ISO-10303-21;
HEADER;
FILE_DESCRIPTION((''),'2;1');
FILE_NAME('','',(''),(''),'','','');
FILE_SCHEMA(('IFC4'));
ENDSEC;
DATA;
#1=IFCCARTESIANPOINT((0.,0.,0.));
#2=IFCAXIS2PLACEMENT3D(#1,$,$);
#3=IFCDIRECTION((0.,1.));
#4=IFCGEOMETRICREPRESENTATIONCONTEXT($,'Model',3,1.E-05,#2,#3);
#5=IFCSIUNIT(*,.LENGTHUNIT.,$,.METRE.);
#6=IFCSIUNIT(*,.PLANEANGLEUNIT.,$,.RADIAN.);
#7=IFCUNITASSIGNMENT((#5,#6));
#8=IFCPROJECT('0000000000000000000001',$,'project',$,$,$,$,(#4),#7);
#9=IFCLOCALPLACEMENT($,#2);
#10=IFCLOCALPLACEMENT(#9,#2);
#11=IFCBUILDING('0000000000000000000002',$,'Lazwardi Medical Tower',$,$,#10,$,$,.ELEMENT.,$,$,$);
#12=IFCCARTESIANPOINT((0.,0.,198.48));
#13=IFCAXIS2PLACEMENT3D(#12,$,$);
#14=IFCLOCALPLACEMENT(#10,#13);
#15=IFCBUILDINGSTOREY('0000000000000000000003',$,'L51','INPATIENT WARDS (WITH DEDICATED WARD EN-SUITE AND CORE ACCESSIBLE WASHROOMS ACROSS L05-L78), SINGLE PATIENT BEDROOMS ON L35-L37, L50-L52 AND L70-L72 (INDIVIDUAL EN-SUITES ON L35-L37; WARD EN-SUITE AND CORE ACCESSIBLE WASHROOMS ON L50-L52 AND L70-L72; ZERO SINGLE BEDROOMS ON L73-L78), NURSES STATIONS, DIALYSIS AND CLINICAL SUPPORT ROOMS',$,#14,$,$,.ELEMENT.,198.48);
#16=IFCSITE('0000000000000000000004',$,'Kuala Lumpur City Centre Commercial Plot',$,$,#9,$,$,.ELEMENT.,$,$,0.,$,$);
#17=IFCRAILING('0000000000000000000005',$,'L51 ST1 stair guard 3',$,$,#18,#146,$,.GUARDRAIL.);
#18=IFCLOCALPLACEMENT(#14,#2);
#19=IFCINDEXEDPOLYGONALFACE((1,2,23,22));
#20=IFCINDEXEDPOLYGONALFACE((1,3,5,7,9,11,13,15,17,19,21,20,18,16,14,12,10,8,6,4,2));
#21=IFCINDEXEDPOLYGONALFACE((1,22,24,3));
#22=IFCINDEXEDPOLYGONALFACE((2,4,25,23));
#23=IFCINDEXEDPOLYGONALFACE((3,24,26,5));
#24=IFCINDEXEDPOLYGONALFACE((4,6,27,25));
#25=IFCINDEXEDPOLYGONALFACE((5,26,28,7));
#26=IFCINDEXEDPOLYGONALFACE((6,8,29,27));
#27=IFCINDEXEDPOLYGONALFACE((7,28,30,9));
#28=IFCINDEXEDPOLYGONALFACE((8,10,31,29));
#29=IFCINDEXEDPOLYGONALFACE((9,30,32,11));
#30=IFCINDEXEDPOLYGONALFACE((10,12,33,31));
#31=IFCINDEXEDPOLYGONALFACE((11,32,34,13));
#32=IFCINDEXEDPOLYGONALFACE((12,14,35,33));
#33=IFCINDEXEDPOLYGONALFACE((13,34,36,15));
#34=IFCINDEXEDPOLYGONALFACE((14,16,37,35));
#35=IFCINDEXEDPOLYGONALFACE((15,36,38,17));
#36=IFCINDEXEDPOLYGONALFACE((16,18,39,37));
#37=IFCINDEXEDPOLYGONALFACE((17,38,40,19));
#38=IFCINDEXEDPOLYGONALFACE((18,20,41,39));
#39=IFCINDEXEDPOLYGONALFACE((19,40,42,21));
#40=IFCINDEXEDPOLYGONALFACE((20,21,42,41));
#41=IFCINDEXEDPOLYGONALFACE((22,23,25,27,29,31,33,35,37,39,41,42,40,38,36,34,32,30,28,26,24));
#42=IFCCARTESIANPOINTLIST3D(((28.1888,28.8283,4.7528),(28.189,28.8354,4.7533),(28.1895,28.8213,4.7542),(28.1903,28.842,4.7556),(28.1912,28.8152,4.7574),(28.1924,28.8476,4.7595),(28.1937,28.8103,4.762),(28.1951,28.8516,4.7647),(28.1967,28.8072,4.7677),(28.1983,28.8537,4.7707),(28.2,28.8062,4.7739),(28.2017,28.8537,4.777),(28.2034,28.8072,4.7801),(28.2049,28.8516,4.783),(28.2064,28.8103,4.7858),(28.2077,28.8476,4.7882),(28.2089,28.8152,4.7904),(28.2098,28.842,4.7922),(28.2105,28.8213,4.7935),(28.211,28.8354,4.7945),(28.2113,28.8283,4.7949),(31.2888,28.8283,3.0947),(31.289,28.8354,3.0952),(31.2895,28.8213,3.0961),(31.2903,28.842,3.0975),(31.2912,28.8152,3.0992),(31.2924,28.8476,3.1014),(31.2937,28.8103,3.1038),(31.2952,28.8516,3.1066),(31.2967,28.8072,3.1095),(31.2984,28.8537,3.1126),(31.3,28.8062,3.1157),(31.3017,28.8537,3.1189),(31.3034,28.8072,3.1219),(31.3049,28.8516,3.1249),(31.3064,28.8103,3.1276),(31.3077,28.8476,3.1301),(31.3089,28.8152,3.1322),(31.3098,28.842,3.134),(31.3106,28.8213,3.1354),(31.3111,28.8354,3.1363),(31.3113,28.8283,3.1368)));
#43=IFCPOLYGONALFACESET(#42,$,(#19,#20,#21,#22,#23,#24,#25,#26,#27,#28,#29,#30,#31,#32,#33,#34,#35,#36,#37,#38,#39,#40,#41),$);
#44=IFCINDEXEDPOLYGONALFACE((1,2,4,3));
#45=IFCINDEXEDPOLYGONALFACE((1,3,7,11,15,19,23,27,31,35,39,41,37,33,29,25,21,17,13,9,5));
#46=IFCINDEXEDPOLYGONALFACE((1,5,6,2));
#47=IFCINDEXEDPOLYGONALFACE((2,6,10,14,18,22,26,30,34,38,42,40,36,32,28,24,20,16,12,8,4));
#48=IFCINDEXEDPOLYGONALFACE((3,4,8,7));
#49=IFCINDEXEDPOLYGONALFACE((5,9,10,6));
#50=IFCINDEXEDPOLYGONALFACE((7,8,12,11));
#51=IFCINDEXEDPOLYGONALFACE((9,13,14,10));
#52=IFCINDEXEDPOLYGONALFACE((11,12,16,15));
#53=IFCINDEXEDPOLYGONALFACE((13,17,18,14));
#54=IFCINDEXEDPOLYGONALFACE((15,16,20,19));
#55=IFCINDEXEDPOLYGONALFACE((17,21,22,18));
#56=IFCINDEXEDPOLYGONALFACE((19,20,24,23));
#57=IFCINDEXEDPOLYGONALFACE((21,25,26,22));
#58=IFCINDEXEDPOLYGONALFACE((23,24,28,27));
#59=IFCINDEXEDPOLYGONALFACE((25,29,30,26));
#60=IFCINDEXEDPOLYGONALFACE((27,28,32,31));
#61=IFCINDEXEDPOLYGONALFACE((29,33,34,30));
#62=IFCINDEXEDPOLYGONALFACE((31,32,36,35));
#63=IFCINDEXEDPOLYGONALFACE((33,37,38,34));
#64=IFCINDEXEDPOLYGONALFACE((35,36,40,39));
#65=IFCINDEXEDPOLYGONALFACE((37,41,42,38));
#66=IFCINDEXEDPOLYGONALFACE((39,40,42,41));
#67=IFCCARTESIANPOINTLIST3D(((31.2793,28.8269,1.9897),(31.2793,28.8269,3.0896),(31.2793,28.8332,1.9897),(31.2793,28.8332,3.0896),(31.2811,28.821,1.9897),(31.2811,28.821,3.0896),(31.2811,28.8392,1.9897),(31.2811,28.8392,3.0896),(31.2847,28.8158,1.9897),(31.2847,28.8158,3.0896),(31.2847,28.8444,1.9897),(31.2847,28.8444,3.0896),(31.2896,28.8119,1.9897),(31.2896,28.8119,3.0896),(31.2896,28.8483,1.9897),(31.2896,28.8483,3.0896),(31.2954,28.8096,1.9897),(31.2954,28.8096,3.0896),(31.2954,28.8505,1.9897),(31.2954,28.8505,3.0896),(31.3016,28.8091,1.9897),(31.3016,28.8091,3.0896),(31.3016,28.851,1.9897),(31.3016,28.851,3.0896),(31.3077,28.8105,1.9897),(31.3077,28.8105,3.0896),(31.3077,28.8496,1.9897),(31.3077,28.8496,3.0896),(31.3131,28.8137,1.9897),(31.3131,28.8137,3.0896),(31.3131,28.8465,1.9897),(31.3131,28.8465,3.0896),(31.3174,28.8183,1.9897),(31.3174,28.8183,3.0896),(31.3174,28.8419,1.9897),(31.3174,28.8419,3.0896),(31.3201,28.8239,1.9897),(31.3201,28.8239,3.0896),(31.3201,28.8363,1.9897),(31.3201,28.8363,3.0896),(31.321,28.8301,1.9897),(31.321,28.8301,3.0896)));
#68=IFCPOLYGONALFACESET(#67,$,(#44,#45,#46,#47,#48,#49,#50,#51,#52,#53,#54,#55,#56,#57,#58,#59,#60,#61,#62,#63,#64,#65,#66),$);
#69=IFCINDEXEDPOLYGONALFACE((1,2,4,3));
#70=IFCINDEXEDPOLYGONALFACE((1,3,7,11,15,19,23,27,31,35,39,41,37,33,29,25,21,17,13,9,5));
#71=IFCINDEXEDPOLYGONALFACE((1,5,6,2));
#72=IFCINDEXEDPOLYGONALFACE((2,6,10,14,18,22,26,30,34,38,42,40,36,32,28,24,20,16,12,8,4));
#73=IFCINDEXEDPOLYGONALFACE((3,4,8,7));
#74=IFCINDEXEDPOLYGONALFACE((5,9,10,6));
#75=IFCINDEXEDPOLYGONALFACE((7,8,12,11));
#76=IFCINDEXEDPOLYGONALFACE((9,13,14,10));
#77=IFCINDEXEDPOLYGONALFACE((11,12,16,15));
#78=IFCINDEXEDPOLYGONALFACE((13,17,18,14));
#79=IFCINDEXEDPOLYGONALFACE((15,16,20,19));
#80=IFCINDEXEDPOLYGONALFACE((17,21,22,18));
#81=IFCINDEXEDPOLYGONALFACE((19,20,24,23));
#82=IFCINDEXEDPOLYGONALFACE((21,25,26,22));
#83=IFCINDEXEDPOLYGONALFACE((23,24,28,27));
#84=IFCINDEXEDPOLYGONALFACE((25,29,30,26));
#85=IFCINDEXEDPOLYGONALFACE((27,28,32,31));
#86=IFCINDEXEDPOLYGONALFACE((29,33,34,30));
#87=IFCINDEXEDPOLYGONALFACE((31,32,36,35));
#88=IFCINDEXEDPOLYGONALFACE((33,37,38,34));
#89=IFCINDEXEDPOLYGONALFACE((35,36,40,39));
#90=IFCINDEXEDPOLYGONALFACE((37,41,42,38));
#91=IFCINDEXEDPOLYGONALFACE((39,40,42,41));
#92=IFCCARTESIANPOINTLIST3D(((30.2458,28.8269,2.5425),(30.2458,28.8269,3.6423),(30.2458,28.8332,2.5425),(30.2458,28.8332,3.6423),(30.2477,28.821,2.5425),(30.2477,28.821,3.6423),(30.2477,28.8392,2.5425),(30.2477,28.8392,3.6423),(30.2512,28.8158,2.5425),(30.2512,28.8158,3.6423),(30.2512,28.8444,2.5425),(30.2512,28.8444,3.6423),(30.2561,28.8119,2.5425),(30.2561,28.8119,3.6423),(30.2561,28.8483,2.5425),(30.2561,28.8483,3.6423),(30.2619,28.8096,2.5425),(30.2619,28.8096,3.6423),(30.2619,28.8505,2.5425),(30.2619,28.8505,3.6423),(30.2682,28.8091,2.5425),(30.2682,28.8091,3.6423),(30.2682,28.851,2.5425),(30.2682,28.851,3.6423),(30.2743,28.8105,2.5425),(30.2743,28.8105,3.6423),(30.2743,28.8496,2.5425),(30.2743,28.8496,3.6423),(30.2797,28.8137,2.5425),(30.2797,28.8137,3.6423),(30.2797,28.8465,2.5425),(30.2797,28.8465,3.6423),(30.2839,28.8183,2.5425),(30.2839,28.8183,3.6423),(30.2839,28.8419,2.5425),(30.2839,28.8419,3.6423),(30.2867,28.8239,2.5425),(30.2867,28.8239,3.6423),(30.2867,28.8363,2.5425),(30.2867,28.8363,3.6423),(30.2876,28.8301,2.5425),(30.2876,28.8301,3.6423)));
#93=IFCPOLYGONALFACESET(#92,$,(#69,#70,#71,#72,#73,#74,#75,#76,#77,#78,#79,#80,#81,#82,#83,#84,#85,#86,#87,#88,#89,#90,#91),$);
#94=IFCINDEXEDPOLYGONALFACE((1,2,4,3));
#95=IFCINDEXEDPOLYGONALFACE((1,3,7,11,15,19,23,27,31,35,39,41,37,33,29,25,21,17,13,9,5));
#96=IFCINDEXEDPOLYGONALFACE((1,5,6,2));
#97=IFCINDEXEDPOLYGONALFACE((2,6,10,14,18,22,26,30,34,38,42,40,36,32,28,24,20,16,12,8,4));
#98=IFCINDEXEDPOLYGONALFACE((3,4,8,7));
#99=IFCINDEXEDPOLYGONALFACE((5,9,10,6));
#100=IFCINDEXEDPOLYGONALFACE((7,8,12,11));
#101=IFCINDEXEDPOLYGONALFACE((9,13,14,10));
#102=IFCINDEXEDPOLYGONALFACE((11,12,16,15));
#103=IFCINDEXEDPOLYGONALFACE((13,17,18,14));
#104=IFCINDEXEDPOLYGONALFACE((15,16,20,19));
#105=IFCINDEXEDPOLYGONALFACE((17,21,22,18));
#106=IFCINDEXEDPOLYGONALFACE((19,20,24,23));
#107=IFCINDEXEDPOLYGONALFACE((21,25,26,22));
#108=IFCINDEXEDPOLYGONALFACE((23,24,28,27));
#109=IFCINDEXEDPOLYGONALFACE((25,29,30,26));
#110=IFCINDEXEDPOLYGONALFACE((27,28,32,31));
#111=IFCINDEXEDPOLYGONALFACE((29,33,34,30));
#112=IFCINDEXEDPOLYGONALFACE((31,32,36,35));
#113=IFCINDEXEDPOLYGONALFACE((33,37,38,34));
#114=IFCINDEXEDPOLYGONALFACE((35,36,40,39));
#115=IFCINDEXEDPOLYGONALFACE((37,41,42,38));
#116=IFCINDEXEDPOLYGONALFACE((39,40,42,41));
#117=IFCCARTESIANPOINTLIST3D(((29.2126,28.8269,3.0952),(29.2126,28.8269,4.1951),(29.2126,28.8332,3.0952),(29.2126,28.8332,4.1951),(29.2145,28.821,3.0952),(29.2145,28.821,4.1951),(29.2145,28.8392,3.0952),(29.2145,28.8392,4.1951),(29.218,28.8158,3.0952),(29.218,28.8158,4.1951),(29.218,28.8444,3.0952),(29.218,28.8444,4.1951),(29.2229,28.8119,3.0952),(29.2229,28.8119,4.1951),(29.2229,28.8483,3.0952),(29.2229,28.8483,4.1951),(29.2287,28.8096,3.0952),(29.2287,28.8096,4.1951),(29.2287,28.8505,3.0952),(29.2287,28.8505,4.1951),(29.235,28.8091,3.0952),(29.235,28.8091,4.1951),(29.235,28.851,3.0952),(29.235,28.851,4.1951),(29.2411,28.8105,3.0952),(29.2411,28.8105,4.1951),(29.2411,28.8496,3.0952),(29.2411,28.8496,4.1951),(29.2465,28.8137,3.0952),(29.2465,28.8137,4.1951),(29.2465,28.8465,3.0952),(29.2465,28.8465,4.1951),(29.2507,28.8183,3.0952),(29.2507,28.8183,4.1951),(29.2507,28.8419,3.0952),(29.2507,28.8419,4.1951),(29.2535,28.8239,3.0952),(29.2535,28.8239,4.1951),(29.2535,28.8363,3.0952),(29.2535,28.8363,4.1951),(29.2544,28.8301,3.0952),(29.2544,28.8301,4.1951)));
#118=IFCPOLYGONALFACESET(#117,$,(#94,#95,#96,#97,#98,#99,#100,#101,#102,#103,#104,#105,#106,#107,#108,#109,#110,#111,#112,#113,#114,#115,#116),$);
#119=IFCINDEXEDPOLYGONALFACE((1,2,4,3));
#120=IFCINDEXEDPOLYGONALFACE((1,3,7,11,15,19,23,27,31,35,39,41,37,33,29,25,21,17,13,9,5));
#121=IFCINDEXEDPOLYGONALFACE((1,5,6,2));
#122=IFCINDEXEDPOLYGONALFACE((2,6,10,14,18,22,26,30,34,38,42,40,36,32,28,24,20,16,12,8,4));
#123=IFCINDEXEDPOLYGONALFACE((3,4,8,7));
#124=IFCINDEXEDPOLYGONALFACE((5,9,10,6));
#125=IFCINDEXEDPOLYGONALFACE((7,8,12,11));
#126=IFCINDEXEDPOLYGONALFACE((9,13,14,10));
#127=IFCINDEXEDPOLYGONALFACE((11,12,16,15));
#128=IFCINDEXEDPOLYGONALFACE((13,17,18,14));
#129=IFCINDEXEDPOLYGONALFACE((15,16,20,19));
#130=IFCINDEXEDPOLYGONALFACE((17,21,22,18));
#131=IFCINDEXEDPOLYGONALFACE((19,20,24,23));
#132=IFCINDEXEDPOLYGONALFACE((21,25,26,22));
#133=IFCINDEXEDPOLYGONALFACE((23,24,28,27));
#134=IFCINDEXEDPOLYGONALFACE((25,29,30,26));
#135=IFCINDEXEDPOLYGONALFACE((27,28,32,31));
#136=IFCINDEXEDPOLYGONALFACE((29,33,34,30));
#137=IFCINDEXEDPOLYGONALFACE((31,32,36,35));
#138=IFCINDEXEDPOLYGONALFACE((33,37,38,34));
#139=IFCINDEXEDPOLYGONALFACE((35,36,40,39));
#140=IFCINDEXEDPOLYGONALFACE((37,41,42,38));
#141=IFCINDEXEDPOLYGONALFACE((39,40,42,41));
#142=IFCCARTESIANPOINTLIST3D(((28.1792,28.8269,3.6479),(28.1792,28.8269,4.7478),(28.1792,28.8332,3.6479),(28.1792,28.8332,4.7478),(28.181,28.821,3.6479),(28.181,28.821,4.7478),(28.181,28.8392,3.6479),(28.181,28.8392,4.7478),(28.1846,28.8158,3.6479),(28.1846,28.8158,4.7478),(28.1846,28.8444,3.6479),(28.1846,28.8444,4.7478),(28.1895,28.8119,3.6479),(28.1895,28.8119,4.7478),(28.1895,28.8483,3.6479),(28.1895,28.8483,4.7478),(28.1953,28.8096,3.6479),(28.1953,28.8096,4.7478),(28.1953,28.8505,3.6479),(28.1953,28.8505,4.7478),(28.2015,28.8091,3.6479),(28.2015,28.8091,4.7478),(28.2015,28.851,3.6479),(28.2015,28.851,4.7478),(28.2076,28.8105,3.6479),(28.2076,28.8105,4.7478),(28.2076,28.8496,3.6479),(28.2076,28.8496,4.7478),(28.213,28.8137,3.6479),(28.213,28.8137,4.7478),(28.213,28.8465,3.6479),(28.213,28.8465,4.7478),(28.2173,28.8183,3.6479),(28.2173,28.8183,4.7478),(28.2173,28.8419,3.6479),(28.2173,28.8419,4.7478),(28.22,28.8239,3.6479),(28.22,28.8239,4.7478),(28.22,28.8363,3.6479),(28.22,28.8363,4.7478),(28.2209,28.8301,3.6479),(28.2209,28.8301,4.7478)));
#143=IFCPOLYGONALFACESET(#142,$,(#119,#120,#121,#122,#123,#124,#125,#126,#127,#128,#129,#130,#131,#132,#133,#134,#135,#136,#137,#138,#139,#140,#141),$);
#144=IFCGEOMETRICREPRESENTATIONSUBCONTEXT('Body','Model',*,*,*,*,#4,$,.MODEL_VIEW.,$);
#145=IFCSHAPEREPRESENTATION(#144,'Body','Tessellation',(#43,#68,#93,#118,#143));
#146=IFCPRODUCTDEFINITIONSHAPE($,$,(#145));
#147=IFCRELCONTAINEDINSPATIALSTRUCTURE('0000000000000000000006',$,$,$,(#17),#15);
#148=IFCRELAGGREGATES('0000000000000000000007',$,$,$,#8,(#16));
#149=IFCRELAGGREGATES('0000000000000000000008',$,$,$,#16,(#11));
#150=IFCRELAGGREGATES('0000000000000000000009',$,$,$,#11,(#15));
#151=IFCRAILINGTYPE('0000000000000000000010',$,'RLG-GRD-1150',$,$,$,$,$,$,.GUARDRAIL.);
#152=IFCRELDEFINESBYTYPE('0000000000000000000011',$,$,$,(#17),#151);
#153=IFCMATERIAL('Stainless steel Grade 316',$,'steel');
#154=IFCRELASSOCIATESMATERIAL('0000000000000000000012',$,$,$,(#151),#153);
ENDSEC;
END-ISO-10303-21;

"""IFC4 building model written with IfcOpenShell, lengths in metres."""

from ifc_helpers import new_model, si_unit, direction, frame, origin, origin_2d, place, context, subcontext, project, spatial, circle, extrude, material, type_object, element, save


model = new_model("IFC4")

# Units and contexts
model_context = context("Model", 3, precision=1e-05, world=origin(), true_north=direction((0.0, 1.0)))
body_context = subcontext(model_context, "Body", "Model", "MODEL_VIEW")
ifc_project = project(units=[si_unit("LENGTHUNIT", "METRE"), si_unit("PLANEANGLEUNIT", "RADIAN")], contexts=[model_context])

# Site, building, storey
site_placement = place(None, origin())
site = spatial("IfcSite", under=ifc_project, at=site_placement, Name="Kuala Lumpur City Centre Commercial Plot", CompositionType="ELEMENT", RefElevation=0.0)
building_placement = place(site_placement, origin())
building = spatial("IfcBuilding", under=site, at=building_placement, Name="Lazwardi Medical Tower", CompositionType="ELEMENT")
storey_placement = place(building_placement, frame((0.0, 0.0, 198.48)))
storey = spatial("IfcBuildingStorey", under=building, at=storey_placement, Name="L51", Description="INPATIENT WARDS (WITH DEDICATED WARD EN-SUITE AND CORE ACCESSIBLE WASHROOMS ACROSS L05-L78), SINGLE PATIENT BEDROOMS ON L35-L37, L50-L52 AND L70-L72 (INDIVIDUAL EN-SUITES ON L35-L37; WARD EN-SUITE AND CORE ACCESSIBLE WASHROOMS ON L50-L52 AND L70-L72; ZERO SINGLE BEDROOMS ON L73-L78), NURSES STATIONS, DIALYSIS AND CLINICAL SUPPORT ROOMS", CompositionType="ELEMENT", Elevation=198.48)

# Railing
ifc_material_1 = material(Name="Stainless steel Grade 316", Category="steel")
railing_type_1 = type_object("IfcRailingType", Name="RLG-GRD-1150", PredefinedType="GUARDRAIL", material=ifc_material_1)
railing_1_placement = place(storey_placement, frame((31.3, 28.8301, 1.9897)))
element("IfcRailing", 1, at=railing_1_placement, inside=storey, type_object=railing_type_1, Name="L51 ST1 stair guard 3", PredefinedType="GUARDRAIL", context=body_context, shape_type="SweptSolid", body=[
    extrude(circle(Radius=0.0239, at=origin_2d()), frame((0.0, 0.0, 1.126), z_axis=(-0.881783, 0.0, 0.471655), x_axis=(0.0, -1.0, 0.0)), (0.0, 0.0, 1.0), 3.5156),
    extrude(circle(Radius=0.021, at=origin_2d()), origin(), (0.0, 0.0, 1.0), 1.0999),
    extrude(circle(Radius=0.021, at=origin_2d()), frame((-1.0334, 0.0, 0.5527)), (0.0, 0.0, 1.0), 1.0999),
    extrude(circle(Radius=0.021, at=origin_2d()), frame((-2.0667, 0.0, 1.1055)), (0.0, 0.0, 1.0), 1.0999),
    extrude(circle(Radius=0.021, at=origin_2d()), frame((-3.1001, 0.0, 1.6582)), (0.0, 0.0, 1.0), 1.0999),
])

save(model, "model.ifc")
